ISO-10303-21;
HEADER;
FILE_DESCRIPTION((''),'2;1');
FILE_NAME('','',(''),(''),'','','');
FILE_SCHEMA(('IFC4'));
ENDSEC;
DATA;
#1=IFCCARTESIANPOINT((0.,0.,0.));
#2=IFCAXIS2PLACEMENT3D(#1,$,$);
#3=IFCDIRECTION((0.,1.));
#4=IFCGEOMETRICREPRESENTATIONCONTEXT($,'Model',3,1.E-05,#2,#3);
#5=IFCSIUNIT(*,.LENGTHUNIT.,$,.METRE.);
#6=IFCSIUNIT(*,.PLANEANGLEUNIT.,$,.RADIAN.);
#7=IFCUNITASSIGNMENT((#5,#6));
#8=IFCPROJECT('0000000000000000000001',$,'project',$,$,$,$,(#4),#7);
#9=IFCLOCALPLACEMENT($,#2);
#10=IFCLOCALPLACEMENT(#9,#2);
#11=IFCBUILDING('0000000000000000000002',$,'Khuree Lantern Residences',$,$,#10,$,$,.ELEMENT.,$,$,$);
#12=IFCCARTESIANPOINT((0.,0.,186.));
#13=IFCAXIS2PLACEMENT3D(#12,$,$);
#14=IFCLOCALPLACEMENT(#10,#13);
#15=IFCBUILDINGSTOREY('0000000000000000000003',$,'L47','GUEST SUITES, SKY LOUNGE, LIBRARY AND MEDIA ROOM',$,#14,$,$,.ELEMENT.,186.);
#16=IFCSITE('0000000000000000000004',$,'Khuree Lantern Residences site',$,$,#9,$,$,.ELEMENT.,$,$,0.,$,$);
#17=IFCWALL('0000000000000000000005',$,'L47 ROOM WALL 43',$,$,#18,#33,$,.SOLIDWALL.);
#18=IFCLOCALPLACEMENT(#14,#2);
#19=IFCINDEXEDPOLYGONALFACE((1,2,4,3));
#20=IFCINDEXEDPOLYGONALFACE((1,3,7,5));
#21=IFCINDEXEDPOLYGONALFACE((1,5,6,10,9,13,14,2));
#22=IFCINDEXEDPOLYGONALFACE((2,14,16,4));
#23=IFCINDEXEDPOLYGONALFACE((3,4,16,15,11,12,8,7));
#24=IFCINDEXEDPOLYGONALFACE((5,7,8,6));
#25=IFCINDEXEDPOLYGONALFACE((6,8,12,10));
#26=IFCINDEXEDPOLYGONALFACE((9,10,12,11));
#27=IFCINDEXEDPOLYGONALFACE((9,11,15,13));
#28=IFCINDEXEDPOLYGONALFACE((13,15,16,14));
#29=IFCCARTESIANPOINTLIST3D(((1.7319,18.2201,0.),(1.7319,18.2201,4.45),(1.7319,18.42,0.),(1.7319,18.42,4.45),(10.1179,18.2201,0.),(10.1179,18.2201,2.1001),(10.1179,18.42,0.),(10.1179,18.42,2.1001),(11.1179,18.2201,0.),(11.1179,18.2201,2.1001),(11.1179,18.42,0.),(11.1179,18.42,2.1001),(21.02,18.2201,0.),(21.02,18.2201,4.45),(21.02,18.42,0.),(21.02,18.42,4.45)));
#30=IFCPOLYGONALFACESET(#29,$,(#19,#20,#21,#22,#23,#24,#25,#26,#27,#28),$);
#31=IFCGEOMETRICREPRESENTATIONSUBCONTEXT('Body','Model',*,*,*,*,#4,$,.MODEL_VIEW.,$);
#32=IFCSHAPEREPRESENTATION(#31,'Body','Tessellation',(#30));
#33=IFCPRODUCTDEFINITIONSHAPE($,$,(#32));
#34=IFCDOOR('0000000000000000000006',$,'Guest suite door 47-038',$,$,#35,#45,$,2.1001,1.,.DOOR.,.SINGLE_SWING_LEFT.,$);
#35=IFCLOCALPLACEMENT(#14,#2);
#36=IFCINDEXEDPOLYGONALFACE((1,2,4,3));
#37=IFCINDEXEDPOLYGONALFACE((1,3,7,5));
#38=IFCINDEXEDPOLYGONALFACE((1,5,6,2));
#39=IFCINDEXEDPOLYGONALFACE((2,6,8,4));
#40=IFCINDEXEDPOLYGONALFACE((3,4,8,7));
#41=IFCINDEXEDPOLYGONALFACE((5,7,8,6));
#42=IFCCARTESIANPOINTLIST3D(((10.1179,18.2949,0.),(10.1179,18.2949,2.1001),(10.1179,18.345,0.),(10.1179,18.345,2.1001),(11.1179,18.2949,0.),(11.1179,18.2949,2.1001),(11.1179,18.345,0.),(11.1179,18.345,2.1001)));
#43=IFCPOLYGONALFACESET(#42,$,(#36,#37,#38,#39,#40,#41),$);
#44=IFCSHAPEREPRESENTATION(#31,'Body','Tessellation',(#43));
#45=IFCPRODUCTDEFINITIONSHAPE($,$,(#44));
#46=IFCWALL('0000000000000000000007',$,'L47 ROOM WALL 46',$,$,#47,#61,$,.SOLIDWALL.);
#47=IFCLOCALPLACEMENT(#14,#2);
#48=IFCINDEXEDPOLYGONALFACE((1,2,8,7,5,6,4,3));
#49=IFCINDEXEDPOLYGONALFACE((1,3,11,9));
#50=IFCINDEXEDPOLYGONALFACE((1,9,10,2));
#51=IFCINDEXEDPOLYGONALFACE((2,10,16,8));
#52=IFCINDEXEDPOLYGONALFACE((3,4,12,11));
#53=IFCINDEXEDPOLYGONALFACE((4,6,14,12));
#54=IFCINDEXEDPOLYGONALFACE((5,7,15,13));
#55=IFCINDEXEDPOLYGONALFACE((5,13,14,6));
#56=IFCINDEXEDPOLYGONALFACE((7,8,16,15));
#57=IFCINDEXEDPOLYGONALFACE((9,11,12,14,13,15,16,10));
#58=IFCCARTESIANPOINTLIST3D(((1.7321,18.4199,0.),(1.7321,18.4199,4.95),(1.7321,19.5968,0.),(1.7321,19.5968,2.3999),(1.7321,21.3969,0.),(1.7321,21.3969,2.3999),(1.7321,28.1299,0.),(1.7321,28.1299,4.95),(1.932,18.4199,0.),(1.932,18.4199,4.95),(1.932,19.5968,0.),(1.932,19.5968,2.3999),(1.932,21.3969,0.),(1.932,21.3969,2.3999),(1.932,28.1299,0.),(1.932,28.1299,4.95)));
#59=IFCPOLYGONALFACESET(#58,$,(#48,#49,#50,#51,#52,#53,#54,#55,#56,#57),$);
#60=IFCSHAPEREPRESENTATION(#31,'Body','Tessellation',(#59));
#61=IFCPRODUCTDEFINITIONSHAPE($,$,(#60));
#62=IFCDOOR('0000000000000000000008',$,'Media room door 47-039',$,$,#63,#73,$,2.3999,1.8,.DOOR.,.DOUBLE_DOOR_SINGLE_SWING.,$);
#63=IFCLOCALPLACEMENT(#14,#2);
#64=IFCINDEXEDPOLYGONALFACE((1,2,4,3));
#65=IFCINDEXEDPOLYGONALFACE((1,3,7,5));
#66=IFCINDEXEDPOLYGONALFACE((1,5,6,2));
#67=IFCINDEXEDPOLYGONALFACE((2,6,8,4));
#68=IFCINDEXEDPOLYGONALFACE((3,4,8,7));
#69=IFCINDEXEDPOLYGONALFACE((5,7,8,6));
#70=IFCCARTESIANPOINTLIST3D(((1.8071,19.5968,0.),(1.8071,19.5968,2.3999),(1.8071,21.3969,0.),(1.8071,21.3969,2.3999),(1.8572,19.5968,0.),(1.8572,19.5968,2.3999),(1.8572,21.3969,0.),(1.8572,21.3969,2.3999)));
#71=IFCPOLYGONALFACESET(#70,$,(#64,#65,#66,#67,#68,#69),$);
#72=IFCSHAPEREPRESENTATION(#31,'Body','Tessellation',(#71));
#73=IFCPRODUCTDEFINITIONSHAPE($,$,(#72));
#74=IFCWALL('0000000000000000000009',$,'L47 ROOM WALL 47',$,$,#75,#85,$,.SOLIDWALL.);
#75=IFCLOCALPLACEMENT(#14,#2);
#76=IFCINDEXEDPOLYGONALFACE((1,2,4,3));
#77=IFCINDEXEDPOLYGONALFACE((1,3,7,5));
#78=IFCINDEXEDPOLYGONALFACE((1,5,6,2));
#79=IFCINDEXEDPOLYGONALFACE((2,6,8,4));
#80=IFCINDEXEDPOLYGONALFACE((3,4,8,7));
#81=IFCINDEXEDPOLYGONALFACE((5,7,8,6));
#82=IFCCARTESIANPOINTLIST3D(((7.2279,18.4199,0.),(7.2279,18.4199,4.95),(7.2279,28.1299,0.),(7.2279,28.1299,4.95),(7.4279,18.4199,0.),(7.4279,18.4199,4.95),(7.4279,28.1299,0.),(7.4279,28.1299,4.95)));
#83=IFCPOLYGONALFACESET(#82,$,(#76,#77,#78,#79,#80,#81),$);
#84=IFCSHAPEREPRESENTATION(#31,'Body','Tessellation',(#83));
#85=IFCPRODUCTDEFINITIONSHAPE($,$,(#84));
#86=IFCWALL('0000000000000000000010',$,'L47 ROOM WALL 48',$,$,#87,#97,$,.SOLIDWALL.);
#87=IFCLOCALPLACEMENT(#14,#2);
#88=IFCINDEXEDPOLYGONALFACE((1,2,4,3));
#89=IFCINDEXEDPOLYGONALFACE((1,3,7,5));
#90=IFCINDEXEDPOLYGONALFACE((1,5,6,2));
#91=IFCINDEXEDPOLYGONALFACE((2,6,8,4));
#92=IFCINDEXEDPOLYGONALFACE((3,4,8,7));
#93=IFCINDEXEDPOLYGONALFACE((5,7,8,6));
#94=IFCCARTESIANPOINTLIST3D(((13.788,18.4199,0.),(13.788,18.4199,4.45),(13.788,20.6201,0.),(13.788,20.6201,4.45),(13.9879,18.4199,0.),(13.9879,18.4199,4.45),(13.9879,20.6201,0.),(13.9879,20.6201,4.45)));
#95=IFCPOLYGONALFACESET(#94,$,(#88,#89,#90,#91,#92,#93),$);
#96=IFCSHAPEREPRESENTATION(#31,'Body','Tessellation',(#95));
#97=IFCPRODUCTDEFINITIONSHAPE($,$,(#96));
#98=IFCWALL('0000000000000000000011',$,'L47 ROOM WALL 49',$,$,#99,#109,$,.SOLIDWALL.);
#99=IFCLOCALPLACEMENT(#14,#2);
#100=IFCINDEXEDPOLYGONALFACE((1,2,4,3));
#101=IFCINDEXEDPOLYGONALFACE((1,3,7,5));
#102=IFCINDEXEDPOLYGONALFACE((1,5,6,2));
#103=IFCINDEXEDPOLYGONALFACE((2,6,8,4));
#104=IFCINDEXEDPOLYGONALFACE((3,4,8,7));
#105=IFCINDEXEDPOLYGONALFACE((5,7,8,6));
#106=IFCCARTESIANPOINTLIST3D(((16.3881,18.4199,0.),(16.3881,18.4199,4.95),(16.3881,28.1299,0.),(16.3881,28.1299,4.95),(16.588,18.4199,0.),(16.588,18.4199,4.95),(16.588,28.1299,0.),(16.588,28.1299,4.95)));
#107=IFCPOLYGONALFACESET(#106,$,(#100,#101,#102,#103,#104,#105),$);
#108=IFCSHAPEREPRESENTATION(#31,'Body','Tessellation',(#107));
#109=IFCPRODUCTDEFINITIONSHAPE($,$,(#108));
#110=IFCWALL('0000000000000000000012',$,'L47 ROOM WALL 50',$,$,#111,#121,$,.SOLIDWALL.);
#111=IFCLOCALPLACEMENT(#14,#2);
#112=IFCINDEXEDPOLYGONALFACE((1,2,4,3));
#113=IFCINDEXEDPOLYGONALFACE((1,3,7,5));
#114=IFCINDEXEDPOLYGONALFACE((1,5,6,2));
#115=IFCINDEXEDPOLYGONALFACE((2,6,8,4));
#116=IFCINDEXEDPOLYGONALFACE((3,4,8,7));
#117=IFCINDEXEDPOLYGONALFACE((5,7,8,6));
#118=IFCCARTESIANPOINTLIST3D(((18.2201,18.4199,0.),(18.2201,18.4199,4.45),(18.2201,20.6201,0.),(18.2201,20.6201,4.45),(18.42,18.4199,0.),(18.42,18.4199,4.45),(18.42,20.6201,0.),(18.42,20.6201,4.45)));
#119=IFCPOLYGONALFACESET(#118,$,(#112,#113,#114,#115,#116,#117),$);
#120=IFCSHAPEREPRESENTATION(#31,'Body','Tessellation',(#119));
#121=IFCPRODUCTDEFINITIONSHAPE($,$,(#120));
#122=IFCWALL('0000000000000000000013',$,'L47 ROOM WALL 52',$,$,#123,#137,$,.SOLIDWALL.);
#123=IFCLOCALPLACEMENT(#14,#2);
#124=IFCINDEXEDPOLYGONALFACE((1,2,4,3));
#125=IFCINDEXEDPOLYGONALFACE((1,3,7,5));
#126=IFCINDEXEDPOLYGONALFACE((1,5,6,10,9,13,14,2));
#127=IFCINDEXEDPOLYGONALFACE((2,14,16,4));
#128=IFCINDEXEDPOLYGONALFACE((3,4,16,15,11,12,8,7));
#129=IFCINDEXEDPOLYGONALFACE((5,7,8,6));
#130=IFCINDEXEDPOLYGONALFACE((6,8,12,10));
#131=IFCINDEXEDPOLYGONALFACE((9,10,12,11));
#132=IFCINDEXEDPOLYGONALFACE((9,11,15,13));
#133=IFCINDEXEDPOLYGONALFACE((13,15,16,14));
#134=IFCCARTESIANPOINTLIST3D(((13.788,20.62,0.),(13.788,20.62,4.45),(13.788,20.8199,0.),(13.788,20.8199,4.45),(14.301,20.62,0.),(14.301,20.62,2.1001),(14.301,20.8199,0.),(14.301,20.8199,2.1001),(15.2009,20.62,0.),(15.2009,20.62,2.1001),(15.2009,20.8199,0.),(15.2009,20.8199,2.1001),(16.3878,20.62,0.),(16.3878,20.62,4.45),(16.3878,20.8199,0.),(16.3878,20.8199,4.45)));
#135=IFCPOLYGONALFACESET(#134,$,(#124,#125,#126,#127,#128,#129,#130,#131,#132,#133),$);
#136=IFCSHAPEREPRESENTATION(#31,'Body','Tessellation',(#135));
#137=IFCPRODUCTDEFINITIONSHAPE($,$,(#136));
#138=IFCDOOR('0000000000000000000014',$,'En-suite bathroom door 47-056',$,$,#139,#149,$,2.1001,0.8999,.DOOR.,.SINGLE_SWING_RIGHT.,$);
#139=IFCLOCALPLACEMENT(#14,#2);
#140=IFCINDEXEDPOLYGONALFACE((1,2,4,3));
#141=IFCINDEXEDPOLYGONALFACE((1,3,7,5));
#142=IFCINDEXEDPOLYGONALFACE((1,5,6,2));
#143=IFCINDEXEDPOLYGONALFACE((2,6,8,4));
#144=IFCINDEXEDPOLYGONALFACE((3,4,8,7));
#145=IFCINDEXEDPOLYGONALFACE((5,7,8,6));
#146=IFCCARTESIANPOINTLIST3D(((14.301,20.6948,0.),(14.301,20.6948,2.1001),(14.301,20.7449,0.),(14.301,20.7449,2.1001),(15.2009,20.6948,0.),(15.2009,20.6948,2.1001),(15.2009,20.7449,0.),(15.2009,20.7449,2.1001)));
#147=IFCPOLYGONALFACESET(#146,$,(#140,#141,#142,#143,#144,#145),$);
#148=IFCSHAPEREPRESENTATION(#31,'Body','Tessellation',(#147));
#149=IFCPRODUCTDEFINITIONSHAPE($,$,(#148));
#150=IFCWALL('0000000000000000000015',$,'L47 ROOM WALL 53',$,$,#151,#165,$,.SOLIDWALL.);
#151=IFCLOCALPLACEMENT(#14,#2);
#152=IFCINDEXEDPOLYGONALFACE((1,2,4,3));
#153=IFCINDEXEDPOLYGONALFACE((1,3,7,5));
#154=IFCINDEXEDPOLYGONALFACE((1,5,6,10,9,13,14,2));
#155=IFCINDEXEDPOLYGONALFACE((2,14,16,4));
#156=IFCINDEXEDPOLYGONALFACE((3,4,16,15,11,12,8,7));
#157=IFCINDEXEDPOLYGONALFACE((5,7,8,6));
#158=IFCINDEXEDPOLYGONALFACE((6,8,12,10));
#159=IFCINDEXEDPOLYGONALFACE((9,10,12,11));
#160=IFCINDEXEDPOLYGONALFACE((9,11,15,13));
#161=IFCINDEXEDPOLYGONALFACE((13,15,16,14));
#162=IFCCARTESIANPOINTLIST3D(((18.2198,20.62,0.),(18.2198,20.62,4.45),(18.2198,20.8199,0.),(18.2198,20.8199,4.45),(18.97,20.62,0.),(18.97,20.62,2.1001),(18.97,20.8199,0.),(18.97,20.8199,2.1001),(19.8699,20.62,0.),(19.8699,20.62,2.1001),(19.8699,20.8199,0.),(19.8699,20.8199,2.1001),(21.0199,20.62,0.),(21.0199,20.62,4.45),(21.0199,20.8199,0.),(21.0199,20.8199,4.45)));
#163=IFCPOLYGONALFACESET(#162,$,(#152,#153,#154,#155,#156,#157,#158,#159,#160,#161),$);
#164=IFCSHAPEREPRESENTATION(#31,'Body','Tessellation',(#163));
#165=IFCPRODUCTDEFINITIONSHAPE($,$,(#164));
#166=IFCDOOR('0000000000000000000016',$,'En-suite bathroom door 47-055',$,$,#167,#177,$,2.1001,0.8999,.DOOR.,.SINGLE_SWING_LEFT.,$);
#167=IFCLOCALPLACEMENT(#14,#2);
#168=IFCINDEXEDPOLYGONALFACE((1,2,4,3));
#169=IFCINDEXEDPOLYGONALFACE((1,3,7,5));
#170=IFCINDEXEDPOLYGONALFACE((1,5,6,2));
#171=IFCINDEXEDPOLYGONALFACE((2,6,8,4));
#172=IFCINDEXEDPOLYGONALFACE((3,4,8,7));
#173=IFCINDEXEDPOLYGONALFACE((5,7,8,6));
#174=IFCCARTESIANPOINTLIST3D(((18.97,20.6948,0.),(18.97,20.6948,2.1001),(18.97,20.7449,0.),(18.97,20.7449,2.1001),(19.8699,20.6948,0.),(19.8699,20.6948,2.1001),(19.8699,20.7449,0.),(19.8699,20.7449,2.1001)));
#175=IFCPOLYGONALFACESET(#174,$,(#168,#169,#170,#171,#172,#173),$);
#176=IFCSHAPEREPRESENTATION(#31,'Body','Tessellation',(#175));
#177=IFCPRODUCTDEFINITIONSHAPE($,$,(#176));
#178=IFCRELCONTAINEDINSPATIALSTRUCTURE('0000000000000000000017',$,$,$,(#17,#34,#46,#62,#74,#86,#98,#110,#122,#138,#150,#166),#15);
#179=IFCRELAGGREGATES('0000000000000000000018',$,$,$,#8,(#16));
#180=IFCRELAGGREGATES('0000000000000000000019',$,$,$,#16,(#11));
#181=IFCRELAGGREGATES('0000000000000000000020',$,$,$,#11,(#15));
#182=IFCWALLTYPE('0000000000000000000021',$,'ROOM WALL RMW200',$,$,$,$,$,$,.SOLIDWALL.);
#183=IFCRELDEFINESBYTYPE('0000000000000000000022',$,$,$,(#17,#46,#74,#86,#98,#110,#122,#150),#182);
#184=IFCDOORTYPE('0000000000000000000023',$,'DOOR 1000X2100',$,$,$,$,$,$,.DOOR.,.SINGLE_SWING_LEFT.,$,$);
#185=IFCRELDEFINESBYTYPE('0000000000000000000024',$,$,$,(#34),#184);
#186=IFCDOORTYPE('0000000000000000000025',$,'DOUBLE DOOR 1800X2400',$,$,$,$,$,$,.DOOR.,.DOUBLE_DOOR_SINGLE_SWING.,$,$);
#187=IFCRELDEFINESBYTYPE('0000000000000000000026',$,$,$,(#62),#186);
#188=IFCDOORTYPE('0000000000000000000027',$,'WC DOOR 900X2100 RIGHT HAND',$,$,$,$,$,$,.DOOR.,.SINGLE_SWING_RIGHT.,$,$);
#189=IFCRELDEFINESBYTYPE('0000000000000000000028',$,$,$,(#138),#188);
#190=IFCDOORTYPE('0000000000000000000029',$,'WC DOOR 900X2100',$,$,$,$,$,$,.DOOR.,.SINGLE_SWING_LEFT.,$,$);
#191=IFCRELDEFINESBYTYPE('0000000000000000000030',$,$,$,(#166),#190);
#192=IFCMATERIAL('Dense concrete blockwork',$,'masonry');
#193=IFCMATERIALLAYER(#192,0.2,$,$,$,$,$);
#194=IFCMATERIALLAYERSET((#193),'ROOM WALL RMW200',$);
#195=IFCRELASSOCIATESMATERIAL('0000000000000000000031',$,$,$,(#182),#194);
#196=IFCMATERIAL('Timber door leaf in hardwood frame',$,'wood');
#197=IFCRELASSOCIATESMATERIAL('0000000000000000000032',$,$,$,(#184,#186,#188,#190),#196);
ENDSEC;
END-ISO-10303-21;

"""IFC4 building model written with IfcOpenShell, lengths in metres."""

from ifc_helpers import new_model, si_unit, direction, frame, frame_2d, origin, place, context, subcontext, project, spatial, rectangle, extrude, material, layer, layer_set, type_object, element, fill, save


model = new_model("IFC4")

# Units and contexts
model_context = context("Model", 3, precision=1e-05, world=origin(), true_north=direction((0.0, 1.0)))
body_context = subcontext(model_context, "Body", "Model", "MODEL_VIEW")
ifc_project = project(units=[si_unit("LENGTHUNIT", "METRE"), si_unit("PLANEANGLEUNIT", "RADIAN")], contexts=[model_context])

# Site, building, storey
site_placement = place(None, origin())
site = spatial("IfcSite", under=ifc_project, at=site_placement, Name="Khuree Lantern Residences site", CompositionType="ELEMENT", RefElevation=0.0)
building_placement = place(site_placement, origin())
building = spatial("IfcBuilding", under=site, at=building_placement, Name="Khuree Lantern Residences", CompositionType="ELEMENT")
storey_placement = place(building_placement, frame((0.0, 0.0, 186.0)))
storey = spatial("IfcBuildingStorey", under=building, at=storey_placement, Name="L47", Description="GUEST SUITES, SKY LOUNGE, LIBRARY AND MEDIA ROOM", CompositionType="ELEMENT", Elevation=186.0)

# Shared definitions
ifc_material_1 = material(Name="Dense concrete blockwork", Category="masonry")
ifc_layer = layer(ifc_material_1, 0.2)
ifc_layer_set = layer_set([ifc_layer], Name="ROOM WALL RMW200")
wall_type = type_object("IfcWallType", Name="ROOM WALL RMW200", PredefinedType="SOLIDWALL", material=ifc_layer_set)

# Walls, openings, doors
wall_1_placement = place(storey_placement, frame((1.7319, 18.3201, 0.0), z_axis=(0.0, 0.0, 1.0), x_axis=(1.0, 0.0, 0.0)))
wall_1 = element("IfcWall", 1, at=wall_1_placement, inside=storey, type_object=wall_type, Name="L47 ROOM WALL 43", PredefinedType="SOLIDWALL", context=body_context, shape_type="SweptSolid", body=[
    extrude(rectangle(XDim=19.2881, YDim=0.2, at=frame_2d((9.644, 0.0))), origin(), (0.0, 0.0, 1.0), 4.45),
])
opening_1_placement = place(wall_1_placement, frame((8.386, 0.0, 0.0)))
opening_1 = element("IfcOpeningElement", 2, at=opening_1_placement, cuts=wall_1, PredefinedType="OPENING", context=body_context, shape_type="SweptSolid", body=[
    extrude(rectangle(XDim=1.0, YDim=2.1001, at=frame_2d((0.5, 1.05))), frame((0.0, 0.1099, 0.0), z_axis=(0.0, -1.0, 0.0), x_axis=(1.0, 0.0, 0.0)), (0.0, 0.0, 1.0), 0.22),
])
ifc_material_2 = material(Name="Timber door leaf in hardwood frame", Category="wood")
door_type_1 = type_object("IfcDoorType", Name="DOOR 1000X2100", OperationType="SINGLE_SWING_LEFT", PredefinedType="DOOR", material=ifc_material_2)
door_1_placement = place(opening_1_placement, origin())
door_1 = element("IfcDoor", 3, at=door_1_placement, inside=storey, type_object=door_type_1, Name="Guest suite door 47-038", OperationType="SINGLE_SWING_LEFT", OverallHeight=2.1001, OverallWidth=1.0, PredefinedType="DOOR", context=body_context, shape_type="SweptSolid", body=[
    extrude(rectangle(XDim=1.0, YDim=2.1001, at=frame_2d((0.5, 1.05))), frame((0.0, 0.0249, 0.0), z_axis=(0.0, -1.0, 0.0), x_axis=(1.0, 0.0, 0.0)), (0.0, 0.0, 1.0), 0.05),
])
fill(opening_1, door_1)
wall_2_placement = place(storey_placement, frame((1.832, 18.4199, 0.0), z_axis=(0.0, 0.0, 1.0), x_axis=(0.0, 1.0, 0.0)))
wall_2 = element("IfcWall", 4, at=wall_2_placement, inside=storey, type_object=wall_type, Name="L47 ROOM WALL 46", PredefinedType="SOLIDWALL", context=body_context, shape_type="SweptSolid", body=[
    extrude(rectangle(XDim=9.71, YDim=0.2, at=frame_2d((4.855, 0.0))), origin(), (0.0, 0.0, 1.0), 4.95),
])
opening_2_placement = place(wall_2_placement, frame((1.177, 0.0, 0.0)))
opening_2 = element("IfcOpeningElement", 5, at=opening_2_placement, cuts=wall_2, PredefinedType="OPENING", context=body_context, shape_type="SweptSolid", body=[
    extrude(rectangle(XDim=1.8, YDim=2.3999, at=frame_2d((0.8999, 1.2))), frame((0.0, 0.1099, 0.0), z_axis=(0.0, -1.0, 0.0), x_axis=(1.0, 0.0, 0.0)), (0.0, 0.0, 1.0), 0.22),
])
door_type_2 = type_object("IfcDoorType", Name="DOUBLE DOOR 1800X2400", OperationType="DOUBLE_DOOR_SINGLE_SWING", PredefinedType="DOOR", material=ifc_material_2)
door_2_placement = place(opening_2_placement, origin())
door_2 = element("IfcDoor", 6, at=door_2_placement, inside=storey, type_object=door_type_2, Name="Media room door 47-039", OperationType="DOUBLE_DOOR_SINGLE_SWING", OverallHeight=2.3999, OverallWidth=1.8, PredefinedType="DOOR", context=body_context, shape_type="SweptSolid", body=[
    extrude(rectangle(XDim=1.8, YDim=2.3999, at=frame_2d((0.8999, 1.2))), frame((0.0, 0.0249, 0.0), z_axis=(0.0, -1.0, 0.0), x_axis=(1.0, 0.0, 0.0)), (0.0, 0.0, 1.0), 0.05),
])
fill(opening_2, door_2)

# Walls
wall_3_placement = place(storey_placement, frame((7.3279, 18.4199, 0.0), z_axis=(0.0, 0.0, 1.0), x_axis=(0.0, 1.0, 0.0)))
element("IfcWall", 7, at=wall_3_placement, inside=storey, type_object=wall_type, Name="L47 ROOM WALL 47", PredefinedType="SOLIDWALL", context=body_context, shape_type="SweptSolid", body=[
    extrude(rectangle(XDim=9.71, YDim=0.2, at=frame_2d((4.855, 0.0))), origin(), (0.0, 0.0, 1.0), 4.95),
])
wall_4_placement = place(storey_placement, frame((13.8879, 18.4199, 0.0), z_axis=(0.0, 0.0, 1.0), x_axis=(0.0, 1.0, 0.0)))
element("IfcWall", 8, at=wall_4_placement, inside=storey, type_object=wall_type, Name="L47 ROOM WALL 48", PredefinedType="SOLIDWALL", context=body_context, shape_type="SweptSolid", body=[
    extrude(rectangle(XDim=2.2002, YDim=0.2, at=frame_2d((1.1001, 0.0))), origin(), (0.0, 0.0, 1.0), 4.45),
])
wall_5_placement = place(storey_placement, frame((16.488, 18.4199, 0.0), z_axis=(0.0, 0.0, 1.0), x_axis=(0.0, 1.0, 0.0)))
element("IfcWall", 9, at=wall_5_placement, inside=storey, type_object=wall_type, Name="L47 ROOM WALL 49", PredefinedType="SOLIDWALL", context=body_context, shape_type="SweptSolid", body=[
    extrude(rectangle(XDim=9.71, YDim=0.2, at=frame_2d((4.855, 0.0))), origin(), (0.0, 0.0, 1.0), 4.95),
])
wall_6_placement = place(storey_placement, frame((18.3201, 18.4199, 0.0), z_axis=(0.0, 0.0, 1.0), x_axis=(0.0, 1.0, 0.0)))
element("IfcWall", 10, at=wall_6_placement, inside=storey, type_object=wall_type, Name="L47 ROOM WALL 50", PredefinedType="SOLIDWALL", context=body_context, shape_type="SweptSolid", body=[
    extrude(rectangle(XDim=2.2002, YDim=0.2, at=frame_2d((1.1001, 0.0))), origin(), (0.0, 0.0, 1.0), 4.45),
])

# Walls, openings, doors
wall_7_placement = place(storey_placement, frame((13.7881, 20.72, 0.0), z_axis=(0.0, 0.0, 1.0), x_axis=(1.0, 0.0, 0.0)))
wall_7 = element("IfcWall", 11, at=wall_7_placement, inside=storey, type_object=wall_type, Name="L47 ROOM WALL 52", PredefinedType="SOLIDWALL", context=body_context, shape_type="SweptSolid", body=[
    extrude(rectangle(XDim=2.5999, YDim=0.2, at=frame_2d((1.2998, 0.0))), origin(), (0.0, 0.0, 1.0), 4.45),
])
opening_3_placement = place(wall_7_placement, frame((0.5129, 0.0, 0.0)))
opening_3 = element("IfcOpeningElement", 12, at=opening_3_placement, cuts=wall_7, PredefinedType="OPENING", context=body_context, shape_type="SweptSolid", body=[
    extrude(rectangle(XDim=0.8999, YDim=2.1001, at=frame_2d((0.45, 1.05))), frame((0.0, 0.1099, 0.0), z_axis=(0.0, -1.0, 0.0), x_axis=(1.0, 0.0, 0.0)), (0.0, 0.0, 1.0), 0.22),
])
door_type_3 = type_object("IfcDoorType", Name="WC DOOR 900X2100 RIGHT HAND", OperationType="SINGLE_SWING_RIGHT", PredefinedType="DOOR", material=ifc_material_2)
door_3_placement = place(opening_3_placement, origin())
door_3 = element("IfcDoor", 13, at=door_3_placement, inside=storey, type_object=door_type_3, Name="En-suite bathroom door 47-056", OperationType="SINGLE_SWING_RIGHT", OverallHeight=2.1001, OverallWidth=0.8999, PredefinedType="DOOR", context=body_context, shape_type="SweptSolid", body=[
    extrude(rectangle(XDim=0.8999, YDim=2.1001, at=frame_2d((0.45, 1.05))), frame((0.0, 0.0249, 0.0), z_axis=(0.0, -1.0, 0.0), x_axis=(1.0, 0.0, 0.0)), (0.0, 0.0, 1.0), 0.05),
])
fill(opening_3, door_3)
wall_8_placement = place(storey_placement, frame((18.22, 20.72, 0.0), z_axis=(0.0, 0.0, 1.0), x_axis=(1.0, 0.0, 0.0)))
wall_8 = element("IfcWall", 14, at=wall_8_placement, inside=storey, type_object=wall_type, Name="L47 ROOM WALL 53", PredefinedType="SOLIDWALL", context=body_context, shape_type="SweptSolid", body=[
    extrude(rectangle(XDim=2.8, YDim=0.2, at=frame_2d((1.3999, 0.0))), origin(), (0.0, 0.0, 1.0), 4.45),
])
opening_4_placement = place(wall_8_placement, frame((0.75, 0.0, 0.0)))
opening_4 = element("IfcOpeningElement", 15, at=opening_4_placement, cuts=wall_8, PredefinedType="OPENING", context=body_context, shape_type="SweptSolid", body=[
    extrude(rectangle(XDim=0.8999, YDim=2.1001, at=frame_2d((0.45, 1.05))), frame((0.0, 0.1099, 0.0), z_axis=(0.0, -1.0, 0.0), x_axis=(1.0, 0.0, 0.0)), (0.0, 0.0, 1.0), 0.22),
])
door_type_4 = type_object("IfcDoorType", Name="WC DOOR 900X2100", OperationType="SINGLE_SWING_LEFT", PredefinedType="DOOR", material=ifc_material_2)
door_4_placement = place(opening_4_placement, origin())
door_4 = element("IfcDoor", 16, at=door_4_placement, inside=storey, type_object=door_type_4, Name="En-suite bathroom door 47-055", OperationType="SINGLE_SWING_LEFT", OverallHeight=2.1001, OverallWidth=0.8999, PredefinedType="DOOR", context=body_context, shape_type="SweptSolid", body=[
    extrude(rectangle(XDim=0.8999, YDim=2.1001, at=frame_2d((0.45, 1.05))), frame((0.0, 0.0249, 0.0), z_axis=(0.0, -1.0, 0.0), x_axis=(1.0, 0.0, 0.0)), (0.0, 0.0, 1.0), 0.05),
])
fill(opening_4, door_4)

save(model, "model.ifc")
